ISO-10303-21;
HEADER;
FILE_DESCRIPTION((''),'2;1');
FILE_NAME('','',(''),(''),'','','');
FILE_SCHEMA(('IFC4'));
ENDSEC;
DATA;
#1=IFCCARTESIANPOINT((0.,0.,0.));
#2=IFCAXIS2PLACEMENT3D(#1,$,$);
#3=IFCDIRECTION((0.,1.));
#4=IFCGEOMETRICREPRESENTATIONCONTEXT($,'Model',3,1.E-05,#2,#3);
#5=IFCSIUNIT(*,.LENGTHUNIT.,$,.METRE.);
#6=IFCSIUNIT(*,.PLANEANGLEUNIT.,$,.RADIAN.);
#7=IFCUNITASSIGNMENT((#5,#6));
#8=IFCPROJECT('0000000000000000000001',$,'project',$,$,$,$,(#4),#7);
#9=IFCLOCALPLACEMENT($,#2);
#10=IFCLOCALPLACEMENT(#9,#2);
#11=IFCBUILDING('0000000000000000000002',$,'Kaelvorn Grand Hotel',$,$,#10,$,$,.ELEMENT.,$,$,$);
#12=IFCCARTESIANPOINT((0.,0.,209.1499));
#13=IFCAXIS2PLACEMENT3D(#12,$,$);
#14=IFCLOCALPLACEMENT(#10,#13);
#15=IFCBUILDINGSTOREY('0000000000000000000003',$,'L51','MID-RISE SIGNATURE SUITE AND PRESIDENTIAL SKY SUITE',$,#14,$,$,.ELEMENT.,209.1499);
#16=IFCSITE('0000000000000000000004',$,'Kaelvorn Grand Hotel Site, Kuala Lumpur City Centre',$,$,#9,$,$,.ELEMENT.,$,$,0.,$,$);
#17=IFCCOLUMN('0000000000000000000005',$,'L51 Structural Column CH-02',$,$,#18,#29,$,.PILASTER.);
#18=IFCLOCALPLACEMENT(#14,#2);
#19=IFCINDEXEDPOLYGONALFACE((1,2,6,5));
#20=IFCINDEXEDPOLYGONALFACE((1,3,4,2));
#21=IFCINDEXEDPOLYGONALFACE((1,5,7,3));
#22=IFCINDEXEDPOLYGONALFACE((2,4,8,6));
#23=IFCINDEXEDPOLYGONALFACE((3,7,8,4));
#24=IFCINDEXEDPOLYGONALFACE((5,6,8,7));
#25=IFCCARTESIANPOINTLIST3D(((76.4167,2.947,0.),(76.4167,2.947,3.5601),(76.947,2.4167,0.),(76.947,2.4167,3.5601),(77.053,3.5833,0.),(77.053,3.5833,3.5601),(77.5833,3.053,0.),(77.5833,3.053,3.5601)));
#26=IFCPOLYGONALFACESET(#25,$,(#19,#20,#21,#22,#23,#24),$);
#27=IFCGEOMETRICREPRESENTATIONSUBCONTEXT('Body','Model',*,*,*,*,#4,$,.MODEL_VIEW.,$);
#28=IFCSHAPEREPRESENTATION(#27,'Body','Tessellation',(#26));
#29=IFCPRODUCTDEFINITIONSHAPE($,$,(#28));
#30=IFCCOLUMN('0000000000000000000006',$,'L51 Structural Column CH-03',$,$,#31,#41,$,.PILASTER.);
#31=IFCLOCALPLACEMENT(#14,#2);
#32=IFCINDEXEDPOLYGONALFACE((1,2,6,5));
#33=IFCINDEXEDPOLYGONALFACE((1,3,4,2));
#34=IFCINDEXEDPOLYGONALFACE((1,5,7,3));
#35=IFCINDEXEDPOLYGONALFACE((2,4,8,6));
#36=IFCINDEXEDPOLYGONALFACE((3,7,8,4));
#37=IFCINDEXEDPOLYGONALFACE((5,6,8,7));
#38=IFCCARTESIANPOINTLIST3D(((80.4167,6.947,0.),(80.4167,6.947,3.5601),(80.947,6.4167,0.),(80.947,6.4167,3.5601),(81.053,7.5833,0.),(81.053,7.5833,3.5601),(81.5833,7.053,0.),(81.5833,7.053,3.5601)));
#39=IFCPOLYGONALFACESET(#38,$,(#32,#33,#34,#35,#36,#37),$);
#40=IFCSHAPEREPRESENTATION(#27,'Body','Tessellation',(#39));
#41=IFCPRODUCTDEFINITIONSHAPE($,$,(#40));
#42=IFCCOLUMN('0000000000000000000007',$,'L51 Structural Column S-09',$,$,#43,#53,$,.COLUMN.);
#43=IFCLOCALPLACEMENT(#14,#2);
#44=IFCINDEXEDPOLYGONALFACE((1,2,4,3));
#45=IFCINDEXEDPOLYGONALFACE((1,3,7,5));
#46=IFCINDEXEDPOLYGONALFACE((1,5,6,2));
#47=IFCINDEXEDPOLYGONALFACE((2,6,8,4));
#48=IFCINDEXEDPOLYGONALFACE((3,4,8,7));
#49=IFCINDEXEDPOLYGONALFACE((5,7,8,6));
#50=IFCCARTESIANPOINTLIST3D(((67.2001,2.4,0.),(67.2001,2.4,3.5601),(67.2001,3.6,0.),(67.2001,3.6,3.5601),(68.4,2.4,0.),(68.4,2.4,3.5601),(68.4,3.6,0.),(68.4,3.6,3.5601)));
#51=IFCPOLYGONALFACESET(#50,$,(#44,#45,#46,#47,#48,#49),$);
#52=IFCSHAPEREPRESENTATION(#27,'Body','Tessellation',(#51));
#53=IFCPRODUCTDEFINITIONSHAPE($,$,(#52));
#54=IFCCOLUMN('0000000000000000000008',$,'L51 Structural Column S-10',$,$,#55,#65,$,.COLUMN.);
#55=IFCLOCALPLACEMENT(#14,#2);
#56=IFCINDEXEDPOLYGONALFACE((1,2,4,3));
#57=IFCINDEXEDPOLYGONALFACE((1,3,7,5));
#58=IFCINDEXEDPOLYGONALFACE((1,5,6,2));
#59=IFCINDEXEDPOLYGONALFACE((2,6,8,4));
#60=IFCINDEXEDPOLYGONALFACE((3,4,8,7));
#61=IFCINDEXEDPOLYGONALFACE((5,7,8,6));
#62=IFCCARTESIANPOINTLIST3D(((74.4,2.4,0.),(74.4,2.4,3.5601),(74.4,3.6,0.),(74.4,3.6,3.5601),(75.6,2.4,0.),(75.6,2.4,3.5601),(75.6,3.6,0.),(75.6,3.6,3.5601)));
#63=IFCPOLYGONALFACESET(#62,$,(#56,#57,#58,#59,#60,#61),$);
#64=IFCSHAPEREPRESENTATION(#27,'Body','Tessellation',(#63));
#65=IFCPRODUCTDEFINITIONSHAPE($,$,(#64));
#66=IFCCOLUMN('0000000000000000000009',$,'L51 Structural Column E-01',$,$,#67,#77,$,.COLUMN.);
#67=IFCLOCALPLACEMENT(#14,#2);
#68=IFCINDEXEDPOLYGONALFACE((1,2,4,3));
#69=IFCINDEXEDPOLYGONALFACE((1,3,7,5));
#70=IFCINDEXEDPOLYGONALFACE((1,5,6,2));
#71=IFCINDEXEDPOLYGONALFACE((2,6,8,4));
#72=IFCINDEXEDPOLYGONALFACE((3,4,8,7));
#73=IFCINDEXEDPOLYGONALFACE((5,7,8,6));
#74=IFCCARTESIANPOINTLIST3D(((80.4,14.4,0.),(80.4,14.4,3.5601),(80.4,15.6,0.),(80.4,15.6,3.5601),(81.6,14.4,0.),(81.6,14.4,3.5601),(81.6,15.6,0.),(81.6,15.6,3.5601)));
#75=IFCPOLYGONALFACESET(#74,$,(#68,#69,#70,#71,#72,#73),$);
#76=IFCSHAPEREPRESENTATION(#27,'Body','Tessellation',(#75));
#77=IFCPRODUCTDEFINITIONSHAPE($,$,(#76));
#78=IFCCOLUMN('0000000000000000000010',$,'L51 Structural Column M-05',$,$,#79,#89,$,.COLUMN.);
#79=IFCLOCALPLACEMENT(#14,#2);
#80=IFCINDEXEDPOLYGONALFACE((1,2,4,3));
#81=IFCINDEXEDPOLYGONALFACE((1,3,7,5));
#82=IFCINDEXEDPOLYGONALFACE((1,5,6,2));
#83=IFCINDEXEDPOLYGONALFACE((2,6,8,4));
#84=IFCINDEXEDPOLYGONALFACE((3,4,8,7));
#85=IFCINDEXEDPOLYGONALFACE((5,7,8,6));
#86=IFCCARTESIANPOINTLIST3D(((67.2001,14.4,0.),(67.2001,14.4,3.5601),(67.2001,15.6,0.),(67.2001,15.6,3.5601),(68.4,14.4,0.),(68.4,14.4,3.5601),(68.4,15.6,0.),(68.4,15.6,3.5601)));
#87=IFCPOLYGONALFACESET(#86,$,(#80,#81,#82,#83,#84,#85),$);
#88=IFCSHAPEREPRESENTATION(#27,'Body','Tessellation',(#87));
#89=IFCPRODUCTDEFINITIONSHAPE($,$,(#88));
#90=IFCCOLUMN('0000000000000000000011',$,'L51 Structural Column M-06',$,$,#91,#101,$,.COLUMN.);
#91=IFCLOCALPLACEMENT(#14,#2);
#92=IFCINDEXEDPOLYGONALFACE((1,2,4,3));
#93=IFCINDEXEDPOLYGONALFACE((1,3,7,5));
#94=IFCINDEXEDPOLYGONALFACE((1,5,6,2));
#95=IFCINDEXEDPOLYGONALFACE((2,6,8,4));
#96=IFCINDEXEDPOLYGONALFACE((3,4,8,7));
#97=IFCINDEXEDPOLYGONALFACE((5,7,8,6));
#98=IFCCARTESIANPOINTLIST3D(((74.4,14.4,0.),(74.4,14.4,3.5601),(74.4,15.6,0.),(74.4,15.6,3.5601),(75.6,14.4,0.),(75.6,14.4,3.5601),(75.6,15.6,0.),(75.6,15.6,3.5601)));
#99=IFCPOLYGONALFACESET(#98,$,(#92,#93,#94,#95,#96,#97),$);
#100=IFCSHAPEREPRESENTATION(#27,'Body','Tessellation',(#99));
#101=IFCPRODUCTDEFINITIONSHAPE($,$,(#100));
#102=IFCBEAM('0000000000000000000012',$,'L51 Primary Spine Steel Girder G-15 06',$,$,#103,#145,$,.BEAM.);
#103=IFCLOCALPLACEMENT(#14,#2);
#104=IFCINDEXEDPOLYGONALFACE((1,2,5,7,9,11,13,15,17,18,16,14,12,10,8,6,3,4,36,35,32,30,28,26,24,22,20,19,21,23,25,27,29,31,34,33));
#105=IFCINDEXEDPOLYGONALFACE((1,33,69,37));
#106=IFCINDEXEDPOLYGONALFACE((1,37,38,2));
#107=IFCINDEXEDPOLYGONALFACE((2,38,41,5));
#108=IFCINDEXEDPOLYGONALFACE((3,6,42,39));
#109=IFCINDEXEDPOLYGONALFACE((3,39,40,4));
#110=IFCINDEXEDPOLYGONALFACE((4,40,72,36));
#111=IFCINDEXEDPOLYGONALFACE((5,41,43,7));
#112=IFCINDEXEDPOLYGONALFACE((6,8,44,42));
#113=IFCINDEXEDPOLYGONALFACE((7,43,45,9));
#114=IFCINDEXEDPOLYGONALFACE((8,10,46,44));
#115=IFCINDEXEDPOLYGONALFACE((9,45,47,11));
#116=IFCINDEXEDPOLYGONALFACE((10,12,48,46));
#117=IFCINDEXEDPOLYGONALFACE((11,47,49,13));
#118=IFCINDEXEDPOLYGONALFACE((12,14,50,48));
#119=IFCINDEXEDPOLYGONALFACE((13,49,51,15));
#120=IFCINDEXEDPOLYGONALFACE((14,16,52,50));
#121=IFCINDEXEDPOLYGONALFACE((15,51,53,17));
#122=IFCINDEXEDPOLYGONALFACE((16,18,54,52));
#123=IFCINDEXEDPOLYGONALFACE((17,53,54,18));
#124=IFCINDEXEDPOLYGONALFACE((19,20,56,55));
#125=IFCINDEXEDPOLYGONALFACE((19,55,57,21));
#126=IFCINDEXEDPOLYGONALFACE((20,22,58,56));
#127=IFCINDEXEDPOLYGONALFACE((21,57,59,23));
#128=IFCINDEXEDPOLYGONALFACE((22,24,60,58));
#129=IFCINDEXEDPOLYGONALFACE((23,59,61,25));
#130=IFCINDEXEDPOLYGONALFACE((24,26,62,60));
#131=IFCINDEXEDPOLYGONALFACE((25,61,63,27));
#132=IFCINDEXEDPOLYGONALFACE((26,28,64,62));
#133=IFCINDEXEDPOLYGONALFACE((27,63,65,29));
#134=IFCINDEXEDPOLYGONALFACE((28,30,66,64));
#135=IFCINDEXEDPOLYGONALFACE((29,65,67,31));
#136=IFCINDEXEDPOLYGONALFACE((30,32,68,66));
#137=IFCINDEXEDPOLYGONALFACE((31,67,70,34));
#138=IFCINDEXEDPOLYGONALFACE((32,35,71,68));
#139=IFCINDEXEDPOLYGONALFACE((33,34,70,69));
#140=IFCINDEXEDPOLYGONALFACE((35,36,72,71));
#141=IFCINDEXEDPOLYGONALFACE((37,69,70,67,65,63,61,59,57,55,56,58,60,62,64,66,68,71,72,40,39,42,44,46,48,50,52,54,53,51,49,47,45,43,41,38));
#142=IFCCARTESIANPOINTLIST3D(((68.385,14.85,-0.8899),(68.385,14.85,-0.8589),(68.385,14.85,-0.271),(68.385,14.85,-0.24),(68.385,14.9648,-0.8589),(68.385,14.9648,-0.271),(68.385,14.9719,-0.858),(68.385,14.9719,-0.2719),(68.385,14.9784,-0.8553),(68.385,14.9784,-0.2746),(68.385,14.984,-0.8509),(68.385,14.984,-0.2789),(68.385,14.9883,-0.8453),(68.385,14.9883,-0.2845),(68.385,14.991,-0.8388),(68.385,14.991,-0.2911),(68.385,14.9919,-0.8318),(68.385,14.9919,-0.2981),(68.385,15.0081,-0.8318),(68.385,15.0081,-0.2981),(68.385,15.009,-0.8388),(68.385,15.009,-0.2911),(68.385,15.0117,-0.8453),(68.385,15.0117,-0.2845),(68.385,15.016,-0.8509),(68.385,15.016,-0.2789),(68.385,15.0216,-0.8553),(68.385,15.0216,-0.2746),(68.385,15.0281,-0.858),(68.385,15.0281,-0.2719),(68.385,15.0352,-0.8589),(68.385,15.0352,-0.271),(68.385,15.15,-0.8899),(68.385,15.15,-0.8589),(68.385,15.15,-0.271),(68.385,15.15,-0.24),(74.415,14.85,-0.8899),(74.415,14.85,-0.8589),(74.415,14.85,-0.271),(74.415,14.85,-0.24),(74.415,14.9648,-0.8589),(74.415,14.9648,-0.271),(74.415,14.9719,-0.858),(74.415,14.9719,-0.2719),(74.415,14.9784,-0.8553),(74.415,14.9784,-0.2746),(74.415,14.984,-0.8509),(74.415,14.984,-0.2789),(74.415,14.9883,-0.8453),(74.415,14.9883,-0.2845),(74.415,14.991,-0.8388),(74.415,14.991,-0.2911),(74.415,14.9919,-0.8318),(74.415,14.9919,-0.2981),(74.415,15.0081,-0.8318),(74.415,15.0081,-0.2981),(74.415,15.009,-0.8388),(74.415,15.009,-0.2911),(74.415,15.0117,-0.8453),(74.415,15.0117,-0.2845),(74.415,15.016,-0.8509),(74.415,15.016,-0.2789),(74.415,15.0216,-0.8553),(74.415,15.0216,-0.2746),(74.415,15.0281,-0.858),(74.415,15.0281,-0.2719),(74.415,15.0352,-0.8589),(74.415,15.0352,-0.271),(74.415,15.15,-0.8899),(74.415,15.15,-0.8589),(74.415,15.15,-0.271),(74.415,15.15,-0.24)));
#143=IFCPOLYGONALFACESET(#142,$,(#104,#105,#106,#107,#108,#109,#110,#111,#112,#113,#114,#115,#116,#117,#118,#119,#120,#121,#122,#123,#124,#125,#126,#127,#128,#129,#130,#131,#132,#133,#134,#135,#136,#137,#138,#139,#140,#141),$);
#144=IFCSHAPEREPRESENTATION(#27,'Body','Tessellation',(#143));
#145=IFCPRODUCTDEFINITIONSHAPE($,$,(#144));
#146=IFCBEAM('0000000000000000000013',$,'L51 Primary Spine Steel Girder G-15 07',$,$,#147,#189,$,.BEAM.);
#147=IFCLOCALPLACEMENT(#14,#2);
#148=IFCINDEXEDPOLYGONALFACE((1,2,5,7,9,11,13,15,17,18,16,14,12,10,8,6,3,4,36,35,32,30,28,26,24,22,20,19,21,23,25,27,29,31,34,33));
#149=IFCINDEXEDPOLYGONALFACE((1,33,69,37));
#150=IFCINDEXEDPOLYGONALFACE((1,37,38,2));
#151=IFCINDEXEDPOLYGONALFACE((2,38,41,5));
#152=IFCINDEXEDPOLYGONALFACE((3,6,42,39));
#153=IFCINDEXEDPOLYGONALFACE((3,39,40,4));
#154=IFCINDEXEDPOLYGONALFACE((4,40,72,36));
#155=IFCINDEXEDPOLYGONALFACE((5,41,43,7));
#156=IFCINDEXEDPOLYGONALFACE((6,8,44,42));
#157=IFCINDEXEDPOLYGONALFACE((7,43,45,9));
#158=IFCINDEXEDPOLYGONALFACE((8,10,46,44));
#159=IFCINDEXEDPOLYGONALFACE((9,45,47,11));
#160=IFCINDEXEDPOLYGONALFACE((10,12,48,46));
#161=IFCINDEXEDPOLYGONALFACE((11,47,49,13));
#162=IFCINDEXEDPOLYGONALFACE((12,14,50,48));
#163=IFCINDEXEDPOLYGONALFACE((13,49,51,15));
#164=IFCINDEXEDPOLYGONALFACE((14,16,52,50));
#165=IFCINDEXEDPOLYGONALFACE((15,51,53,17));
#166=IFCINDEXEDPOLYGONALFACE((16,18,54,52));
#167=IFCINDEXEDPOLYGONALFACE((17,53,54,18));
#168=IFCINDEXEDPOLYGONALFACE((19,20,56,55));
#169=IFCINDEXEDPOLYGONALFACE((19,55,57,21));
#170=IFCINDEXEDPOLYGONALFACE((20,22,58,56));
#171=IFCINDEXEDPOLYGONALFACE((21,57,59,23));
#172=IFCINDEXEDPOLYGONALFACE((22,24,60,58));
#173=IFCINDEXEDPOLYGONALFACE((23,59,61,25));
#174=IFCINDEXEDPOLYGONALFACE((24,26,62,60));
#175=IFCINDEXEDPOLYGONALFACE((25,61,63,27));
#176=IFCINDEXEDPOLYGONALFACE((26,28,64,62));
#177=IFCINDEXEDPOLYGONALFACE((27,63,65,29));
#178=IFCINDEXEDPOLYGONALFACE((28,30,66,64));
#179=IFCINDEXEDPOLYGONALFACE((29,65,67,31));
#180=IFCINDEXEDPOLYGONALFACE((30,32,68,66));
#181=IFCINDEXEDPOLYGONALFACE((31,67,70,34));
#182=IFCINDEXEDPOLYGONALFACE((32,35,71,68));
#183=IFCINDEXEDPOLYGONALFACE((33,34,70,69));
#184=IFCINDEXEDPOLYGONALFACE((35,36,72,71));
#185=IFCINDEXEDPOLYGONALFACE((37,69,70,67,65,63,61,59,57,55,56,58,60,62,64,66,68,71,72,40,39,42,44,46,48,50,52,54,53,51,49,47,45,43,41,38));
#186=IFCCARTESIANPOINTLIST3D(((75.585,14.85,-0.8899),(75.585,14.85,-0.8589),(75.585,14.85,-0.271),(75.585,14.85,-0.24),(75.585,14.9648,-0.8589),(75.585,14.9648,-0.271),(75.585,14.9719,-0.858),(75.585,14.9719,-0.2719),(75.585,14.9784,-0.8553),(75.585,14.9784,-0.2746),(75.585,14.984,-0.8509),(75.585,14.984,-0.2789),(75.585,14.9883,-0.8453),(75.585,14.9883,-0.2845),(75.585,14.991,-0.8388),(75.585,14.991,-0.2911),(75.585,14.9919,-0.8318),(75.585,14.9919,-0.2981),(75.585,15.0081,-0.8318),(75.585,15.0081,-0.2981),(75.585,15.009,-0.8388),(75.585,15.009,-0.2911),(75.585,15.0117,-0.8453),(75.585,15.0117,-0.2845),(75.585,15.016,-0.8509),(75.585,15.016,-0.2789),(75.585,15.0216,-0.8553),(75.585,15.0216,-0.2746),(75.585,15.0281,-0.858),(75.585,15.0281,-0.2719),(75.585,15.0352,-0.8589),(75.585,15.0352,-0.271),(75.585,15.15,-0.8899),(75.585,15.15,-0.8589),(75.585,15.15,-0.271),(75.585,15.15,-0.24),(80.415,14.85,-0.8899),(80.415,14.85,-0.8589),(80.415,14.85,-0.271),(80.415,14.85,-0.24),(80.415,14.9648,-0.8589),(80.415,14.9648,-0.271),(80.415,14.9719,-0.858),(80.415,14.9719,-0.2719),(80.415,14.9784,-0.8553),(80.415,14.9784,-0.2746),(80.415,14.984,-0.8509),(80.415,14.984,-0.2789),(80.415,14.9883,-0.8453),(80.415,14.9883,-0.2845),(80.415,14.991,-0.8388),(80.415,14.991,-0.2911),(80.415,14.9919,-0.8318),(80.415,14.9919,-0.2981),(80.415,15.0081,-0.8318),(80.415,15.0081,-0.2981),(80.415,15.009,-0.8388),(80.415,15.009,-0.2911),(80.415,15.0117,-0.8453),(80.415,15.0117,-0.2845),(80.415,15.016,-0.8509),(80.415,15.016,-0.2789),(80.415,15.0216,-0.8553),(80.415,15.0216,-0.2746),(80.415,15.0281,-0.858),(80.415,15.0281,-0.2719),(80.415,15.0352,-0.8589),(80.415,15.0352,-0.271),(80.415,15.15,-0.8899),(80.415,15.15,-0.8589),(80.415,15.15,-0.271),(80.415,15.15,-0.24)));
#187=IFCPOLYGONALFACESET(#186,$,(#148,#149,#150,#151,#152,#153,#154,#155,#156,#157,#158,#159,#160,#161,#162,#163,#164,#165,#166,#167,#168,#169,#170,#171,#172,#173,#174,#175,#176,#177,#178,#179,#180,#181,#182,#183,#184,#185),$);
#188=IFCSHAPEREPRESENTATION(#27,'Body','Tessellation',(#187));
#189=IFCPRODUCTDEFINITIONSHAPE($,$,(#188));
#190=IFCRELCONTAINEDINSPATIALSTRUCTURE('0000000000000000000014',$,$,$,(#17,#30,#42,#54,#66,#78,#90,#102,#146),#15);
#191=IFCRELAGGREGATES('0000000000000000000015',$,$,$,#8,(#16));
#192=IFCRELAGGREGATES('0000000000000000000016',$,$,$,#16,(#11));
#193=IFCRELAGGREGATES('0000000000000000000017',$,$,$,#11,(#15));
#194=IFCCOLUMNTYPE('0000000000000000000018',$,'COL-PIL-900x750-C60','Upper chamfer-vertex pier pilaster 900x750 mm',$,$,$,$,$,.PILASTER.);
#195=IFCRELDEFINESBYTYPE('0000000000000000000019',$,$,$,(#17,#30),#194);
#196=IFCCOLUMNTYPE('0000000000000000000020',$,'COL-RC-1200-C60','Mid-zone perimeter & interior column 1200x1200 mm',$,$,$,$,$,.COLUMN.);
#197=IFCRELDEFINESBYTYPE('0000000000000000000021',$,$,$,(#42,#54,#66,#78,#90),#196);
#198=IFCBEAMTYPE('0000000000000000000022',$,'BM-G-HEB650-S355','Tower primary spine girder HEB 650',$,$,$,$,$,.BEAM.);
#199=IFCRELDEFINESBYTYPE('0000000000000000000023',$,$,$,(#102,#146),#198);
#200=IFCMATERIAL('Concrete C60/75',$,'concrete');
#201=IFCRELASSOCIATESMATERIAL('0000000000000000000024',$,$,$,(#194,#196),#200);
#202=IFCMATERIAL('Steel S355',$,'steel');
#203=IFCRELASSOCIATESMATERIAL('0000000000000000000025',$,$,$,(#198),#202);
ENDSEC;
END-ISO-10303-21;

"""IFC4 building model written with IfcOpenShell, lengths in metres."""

from ifc_helpers import new_model, si_unit, direction, frame, origin, origin_2d, place, context, subcontext, project, spatial, rectangle, i_section, extrude, material, material_profile, profile_set, type_object, element, save


model = new_model("IFC4")

# Units and contexts
model_context = context("Model", 3, precision=1e-05, world=origin(), true_north=direction((0.0, 1.0)))
body_context = subcontext(model_context, "Body", "Model", "MODEL_VIEW")
ifc_project = project(units=[si_unit("LENGTHUNIT", "METRE"), si_unit("PLANEANGLEUNIT", "RADIAN")], contexts=[model_context])

# Site, building, storey
site_placement = place(None, origin())
site = spatial("IfcSite", under=ifc_project, at=site_placement, Name="Kaelvorn Grand Hotel Site, Kuala Lumpur City Centre", CompositionType="ELEMENT", RefElevation=0.0)
building_placement = place(site_placement, origin())
building = spatial("IfcBuilding", under=site, at=building_placement, Name="Kaelvorn Grand Hotel", CompositionType="ELEMENT")
storey_placement = place(building_placement, frame((0.0, 0.0, 209.1499)))
storey = spatial("IfcBuildingStorey", under=building, at=storey_placement, Name="L51", Description="MID-RISE SIGNATURE SUITE AND PRESIDENTIAL SKY SUITE", CompositionType="ELEMENT", Elevation=209.1499)

# Columns
ifc_material_1 = material(Name="Concrete C60/75", Category="concrete")
ifc_material_profile_1 = material_profile(ifc_material_1, rectangle(XDim=0.8999, YDim=0.75, at=origin_2d()), Name="RC PILASTER 900x750")
ifc_profile_set_1 = profile_set([ifc_material_profile_1], Name="Concrete C60/75")
column_type_1 = type_object("IfcColumnType", Name="COL-PIL-900x750-C60", Description="Upper chamfer-vertex pier pilaster 900x750 mm", PredefinedType="PILASTER", material=ifc_profile_set_1)
for number, where, z_axis, x_axis, name in (
    (1, (77.0, 3.0, 0.0), (0.0, 0.0, 1.0), (0.707107, 0.707107, 0.0), "L51 Structural Column CH-02"),
    (2, (81.0, 7.0, 0.0), (0.0, 0.0, 1.0), (0.707107, 0.707107, 0.0), "L51 Structural Column CH-03"),
):
    element("IfcColumn", number, at=place(storey_placement, frame(where, z_axis=z_axis, x_axis=x_axis)), inside=storey, type_object=column_type_1, Name=name, PredefinedType="PILASTER", context=body_context, shape_type="SweptSolid", body=[
        extrude(rectangle(XDim=0.8999, YDim=0.75, at=origin_2d()), origin(), (0.0, 0.0, 1.0), 3.5601),
    ])
ifc_material_profile_2 = material_profile(ifc_material_1, rectangle(XDim=1.2, YDim=1.2, at=origin_2d()), Name="RC COL 1200x1200")
ifc_profile_set_2 = profile_set([ifc_material_profile_2], Name="Concrete C60/75")
column_type_2 = type_object("IfcColumnType", Name="COL-RC-1200-C60", Description="Mid-zone perimeter & interior column 1200x1200 mm", PredefinedType="COLUMN", material=ifc_profile_set_2)
for number, where, z_axis, x_axis, name in (
    (3, (67.8, 3.0, 0.0), (0.0, 0.0, 1.0), (1.0, 0.0, 0.0), "L51 Structural Column S-09"),
    (4, (75.0, 3.0, 0.0), (0.0, 0.0, 1.0), (1.0, 0.0, 0.0), "L51 Structural Column S-10"),
    (5, (81.0, 15.0, 0.0), (0.0, 0.0, 1.0), (1.0, 0.0, 0.0), "L51 Structural Column E-01"),
    (6, (67.8, 15.0, 0.0), (0.0, 0.0, 1.0), (1.0, 0.0, 0.0), "L51 Structural Column M-05"),
    (7, (75.0, 15.0, 0.0), (0.0, 0.0, 1.0), (1.0, 0.0, 0.0), "L51 Structural Column M-06"),
):
    element("IfcColumn", number, at=place(storey_placement, frame(where, z_axis=z_axis, x_axis=x_axis)), inside=storey, type_object=column_type_2, Name=name, PredefinedType="COLUMN", context=body_context, shape_type="SweptSolid", body=[
        extrude(rectangle(XDim=1.2, YDim=1.2, at=origin_2d()), origin(), (0.0, 0.0, 1.0), 3.5601),
    ])

# Beams
ifc_material_2 = material(Name="Steel S355", Category="steel")
ifc_material_profile_3 = material_profile(ifc_material_2, i_section(OverallWidth=0.3, OverallDepth=0.6499, WebThickness=0.0161, FlangeThickness=0.031, FilletRadius=0.0271, at=origin_2d()), Name="HEB 650")
ifc_profile_set_3 = profile_set([ifc_material_profile_3], Name="Steel S355")
beam_type_1 = type_object("IfcBeamType", Name="BM-G-HEB650-S355", Description="Tower primary spine girder HEB 650", PredefinedType="BEAM", material=ifc_profile_set_3)
beam_1_placement = place(storey_placement, frame((68.385, 15.0, -0.5649), z_axis=(1.0, 0.0, 0.0), x_axis=(0.0, 1.0, 0.0)))
element("IfcBeam", 8, at=beam_1_placement, inside=storey, type_object=beam_type_1, Name="L51 Primary Spine Steel Girder G-15 06", PredefinedType="BEAM", context=body_context, shape_type="SweptSolid", body=[
    extrude(i_section(OverallWidth=0.3, OverallDepth=0.6499, WebThickness=0.0161, FlangeThickness=0.031, FilletRadius=0.0271, at=origin_2d()), origin(), (0.0, 0.0, 1.0), 6.03),
])
beam_2_placement = place(storey_placement, frame((75.585, 15.0, -0.5649), z_axis=(1.0, 0.0, 0.0), x_axis=(0.0, 1.0, 0.0)))
element("IfcBeam", 9, at=beam_2_placement, inside=storey, type_object=beam_type_1, Name="L51 Primary Spine Steel Girder G-15 07", PredefinedType="BEAM", context=body_context, shape_type="SweptSolid", body=[
    extrude(i_section(OverallWidth=0.3, OverallDepth=0.6499, WebThickness=0.0161, FlangeThickness=0.031, FilletRadius=0.0271, at=origin_2d()), origin(), (0.0, 0.0, 1.0), 4.8301),
])

save(model, "model.ifc")
